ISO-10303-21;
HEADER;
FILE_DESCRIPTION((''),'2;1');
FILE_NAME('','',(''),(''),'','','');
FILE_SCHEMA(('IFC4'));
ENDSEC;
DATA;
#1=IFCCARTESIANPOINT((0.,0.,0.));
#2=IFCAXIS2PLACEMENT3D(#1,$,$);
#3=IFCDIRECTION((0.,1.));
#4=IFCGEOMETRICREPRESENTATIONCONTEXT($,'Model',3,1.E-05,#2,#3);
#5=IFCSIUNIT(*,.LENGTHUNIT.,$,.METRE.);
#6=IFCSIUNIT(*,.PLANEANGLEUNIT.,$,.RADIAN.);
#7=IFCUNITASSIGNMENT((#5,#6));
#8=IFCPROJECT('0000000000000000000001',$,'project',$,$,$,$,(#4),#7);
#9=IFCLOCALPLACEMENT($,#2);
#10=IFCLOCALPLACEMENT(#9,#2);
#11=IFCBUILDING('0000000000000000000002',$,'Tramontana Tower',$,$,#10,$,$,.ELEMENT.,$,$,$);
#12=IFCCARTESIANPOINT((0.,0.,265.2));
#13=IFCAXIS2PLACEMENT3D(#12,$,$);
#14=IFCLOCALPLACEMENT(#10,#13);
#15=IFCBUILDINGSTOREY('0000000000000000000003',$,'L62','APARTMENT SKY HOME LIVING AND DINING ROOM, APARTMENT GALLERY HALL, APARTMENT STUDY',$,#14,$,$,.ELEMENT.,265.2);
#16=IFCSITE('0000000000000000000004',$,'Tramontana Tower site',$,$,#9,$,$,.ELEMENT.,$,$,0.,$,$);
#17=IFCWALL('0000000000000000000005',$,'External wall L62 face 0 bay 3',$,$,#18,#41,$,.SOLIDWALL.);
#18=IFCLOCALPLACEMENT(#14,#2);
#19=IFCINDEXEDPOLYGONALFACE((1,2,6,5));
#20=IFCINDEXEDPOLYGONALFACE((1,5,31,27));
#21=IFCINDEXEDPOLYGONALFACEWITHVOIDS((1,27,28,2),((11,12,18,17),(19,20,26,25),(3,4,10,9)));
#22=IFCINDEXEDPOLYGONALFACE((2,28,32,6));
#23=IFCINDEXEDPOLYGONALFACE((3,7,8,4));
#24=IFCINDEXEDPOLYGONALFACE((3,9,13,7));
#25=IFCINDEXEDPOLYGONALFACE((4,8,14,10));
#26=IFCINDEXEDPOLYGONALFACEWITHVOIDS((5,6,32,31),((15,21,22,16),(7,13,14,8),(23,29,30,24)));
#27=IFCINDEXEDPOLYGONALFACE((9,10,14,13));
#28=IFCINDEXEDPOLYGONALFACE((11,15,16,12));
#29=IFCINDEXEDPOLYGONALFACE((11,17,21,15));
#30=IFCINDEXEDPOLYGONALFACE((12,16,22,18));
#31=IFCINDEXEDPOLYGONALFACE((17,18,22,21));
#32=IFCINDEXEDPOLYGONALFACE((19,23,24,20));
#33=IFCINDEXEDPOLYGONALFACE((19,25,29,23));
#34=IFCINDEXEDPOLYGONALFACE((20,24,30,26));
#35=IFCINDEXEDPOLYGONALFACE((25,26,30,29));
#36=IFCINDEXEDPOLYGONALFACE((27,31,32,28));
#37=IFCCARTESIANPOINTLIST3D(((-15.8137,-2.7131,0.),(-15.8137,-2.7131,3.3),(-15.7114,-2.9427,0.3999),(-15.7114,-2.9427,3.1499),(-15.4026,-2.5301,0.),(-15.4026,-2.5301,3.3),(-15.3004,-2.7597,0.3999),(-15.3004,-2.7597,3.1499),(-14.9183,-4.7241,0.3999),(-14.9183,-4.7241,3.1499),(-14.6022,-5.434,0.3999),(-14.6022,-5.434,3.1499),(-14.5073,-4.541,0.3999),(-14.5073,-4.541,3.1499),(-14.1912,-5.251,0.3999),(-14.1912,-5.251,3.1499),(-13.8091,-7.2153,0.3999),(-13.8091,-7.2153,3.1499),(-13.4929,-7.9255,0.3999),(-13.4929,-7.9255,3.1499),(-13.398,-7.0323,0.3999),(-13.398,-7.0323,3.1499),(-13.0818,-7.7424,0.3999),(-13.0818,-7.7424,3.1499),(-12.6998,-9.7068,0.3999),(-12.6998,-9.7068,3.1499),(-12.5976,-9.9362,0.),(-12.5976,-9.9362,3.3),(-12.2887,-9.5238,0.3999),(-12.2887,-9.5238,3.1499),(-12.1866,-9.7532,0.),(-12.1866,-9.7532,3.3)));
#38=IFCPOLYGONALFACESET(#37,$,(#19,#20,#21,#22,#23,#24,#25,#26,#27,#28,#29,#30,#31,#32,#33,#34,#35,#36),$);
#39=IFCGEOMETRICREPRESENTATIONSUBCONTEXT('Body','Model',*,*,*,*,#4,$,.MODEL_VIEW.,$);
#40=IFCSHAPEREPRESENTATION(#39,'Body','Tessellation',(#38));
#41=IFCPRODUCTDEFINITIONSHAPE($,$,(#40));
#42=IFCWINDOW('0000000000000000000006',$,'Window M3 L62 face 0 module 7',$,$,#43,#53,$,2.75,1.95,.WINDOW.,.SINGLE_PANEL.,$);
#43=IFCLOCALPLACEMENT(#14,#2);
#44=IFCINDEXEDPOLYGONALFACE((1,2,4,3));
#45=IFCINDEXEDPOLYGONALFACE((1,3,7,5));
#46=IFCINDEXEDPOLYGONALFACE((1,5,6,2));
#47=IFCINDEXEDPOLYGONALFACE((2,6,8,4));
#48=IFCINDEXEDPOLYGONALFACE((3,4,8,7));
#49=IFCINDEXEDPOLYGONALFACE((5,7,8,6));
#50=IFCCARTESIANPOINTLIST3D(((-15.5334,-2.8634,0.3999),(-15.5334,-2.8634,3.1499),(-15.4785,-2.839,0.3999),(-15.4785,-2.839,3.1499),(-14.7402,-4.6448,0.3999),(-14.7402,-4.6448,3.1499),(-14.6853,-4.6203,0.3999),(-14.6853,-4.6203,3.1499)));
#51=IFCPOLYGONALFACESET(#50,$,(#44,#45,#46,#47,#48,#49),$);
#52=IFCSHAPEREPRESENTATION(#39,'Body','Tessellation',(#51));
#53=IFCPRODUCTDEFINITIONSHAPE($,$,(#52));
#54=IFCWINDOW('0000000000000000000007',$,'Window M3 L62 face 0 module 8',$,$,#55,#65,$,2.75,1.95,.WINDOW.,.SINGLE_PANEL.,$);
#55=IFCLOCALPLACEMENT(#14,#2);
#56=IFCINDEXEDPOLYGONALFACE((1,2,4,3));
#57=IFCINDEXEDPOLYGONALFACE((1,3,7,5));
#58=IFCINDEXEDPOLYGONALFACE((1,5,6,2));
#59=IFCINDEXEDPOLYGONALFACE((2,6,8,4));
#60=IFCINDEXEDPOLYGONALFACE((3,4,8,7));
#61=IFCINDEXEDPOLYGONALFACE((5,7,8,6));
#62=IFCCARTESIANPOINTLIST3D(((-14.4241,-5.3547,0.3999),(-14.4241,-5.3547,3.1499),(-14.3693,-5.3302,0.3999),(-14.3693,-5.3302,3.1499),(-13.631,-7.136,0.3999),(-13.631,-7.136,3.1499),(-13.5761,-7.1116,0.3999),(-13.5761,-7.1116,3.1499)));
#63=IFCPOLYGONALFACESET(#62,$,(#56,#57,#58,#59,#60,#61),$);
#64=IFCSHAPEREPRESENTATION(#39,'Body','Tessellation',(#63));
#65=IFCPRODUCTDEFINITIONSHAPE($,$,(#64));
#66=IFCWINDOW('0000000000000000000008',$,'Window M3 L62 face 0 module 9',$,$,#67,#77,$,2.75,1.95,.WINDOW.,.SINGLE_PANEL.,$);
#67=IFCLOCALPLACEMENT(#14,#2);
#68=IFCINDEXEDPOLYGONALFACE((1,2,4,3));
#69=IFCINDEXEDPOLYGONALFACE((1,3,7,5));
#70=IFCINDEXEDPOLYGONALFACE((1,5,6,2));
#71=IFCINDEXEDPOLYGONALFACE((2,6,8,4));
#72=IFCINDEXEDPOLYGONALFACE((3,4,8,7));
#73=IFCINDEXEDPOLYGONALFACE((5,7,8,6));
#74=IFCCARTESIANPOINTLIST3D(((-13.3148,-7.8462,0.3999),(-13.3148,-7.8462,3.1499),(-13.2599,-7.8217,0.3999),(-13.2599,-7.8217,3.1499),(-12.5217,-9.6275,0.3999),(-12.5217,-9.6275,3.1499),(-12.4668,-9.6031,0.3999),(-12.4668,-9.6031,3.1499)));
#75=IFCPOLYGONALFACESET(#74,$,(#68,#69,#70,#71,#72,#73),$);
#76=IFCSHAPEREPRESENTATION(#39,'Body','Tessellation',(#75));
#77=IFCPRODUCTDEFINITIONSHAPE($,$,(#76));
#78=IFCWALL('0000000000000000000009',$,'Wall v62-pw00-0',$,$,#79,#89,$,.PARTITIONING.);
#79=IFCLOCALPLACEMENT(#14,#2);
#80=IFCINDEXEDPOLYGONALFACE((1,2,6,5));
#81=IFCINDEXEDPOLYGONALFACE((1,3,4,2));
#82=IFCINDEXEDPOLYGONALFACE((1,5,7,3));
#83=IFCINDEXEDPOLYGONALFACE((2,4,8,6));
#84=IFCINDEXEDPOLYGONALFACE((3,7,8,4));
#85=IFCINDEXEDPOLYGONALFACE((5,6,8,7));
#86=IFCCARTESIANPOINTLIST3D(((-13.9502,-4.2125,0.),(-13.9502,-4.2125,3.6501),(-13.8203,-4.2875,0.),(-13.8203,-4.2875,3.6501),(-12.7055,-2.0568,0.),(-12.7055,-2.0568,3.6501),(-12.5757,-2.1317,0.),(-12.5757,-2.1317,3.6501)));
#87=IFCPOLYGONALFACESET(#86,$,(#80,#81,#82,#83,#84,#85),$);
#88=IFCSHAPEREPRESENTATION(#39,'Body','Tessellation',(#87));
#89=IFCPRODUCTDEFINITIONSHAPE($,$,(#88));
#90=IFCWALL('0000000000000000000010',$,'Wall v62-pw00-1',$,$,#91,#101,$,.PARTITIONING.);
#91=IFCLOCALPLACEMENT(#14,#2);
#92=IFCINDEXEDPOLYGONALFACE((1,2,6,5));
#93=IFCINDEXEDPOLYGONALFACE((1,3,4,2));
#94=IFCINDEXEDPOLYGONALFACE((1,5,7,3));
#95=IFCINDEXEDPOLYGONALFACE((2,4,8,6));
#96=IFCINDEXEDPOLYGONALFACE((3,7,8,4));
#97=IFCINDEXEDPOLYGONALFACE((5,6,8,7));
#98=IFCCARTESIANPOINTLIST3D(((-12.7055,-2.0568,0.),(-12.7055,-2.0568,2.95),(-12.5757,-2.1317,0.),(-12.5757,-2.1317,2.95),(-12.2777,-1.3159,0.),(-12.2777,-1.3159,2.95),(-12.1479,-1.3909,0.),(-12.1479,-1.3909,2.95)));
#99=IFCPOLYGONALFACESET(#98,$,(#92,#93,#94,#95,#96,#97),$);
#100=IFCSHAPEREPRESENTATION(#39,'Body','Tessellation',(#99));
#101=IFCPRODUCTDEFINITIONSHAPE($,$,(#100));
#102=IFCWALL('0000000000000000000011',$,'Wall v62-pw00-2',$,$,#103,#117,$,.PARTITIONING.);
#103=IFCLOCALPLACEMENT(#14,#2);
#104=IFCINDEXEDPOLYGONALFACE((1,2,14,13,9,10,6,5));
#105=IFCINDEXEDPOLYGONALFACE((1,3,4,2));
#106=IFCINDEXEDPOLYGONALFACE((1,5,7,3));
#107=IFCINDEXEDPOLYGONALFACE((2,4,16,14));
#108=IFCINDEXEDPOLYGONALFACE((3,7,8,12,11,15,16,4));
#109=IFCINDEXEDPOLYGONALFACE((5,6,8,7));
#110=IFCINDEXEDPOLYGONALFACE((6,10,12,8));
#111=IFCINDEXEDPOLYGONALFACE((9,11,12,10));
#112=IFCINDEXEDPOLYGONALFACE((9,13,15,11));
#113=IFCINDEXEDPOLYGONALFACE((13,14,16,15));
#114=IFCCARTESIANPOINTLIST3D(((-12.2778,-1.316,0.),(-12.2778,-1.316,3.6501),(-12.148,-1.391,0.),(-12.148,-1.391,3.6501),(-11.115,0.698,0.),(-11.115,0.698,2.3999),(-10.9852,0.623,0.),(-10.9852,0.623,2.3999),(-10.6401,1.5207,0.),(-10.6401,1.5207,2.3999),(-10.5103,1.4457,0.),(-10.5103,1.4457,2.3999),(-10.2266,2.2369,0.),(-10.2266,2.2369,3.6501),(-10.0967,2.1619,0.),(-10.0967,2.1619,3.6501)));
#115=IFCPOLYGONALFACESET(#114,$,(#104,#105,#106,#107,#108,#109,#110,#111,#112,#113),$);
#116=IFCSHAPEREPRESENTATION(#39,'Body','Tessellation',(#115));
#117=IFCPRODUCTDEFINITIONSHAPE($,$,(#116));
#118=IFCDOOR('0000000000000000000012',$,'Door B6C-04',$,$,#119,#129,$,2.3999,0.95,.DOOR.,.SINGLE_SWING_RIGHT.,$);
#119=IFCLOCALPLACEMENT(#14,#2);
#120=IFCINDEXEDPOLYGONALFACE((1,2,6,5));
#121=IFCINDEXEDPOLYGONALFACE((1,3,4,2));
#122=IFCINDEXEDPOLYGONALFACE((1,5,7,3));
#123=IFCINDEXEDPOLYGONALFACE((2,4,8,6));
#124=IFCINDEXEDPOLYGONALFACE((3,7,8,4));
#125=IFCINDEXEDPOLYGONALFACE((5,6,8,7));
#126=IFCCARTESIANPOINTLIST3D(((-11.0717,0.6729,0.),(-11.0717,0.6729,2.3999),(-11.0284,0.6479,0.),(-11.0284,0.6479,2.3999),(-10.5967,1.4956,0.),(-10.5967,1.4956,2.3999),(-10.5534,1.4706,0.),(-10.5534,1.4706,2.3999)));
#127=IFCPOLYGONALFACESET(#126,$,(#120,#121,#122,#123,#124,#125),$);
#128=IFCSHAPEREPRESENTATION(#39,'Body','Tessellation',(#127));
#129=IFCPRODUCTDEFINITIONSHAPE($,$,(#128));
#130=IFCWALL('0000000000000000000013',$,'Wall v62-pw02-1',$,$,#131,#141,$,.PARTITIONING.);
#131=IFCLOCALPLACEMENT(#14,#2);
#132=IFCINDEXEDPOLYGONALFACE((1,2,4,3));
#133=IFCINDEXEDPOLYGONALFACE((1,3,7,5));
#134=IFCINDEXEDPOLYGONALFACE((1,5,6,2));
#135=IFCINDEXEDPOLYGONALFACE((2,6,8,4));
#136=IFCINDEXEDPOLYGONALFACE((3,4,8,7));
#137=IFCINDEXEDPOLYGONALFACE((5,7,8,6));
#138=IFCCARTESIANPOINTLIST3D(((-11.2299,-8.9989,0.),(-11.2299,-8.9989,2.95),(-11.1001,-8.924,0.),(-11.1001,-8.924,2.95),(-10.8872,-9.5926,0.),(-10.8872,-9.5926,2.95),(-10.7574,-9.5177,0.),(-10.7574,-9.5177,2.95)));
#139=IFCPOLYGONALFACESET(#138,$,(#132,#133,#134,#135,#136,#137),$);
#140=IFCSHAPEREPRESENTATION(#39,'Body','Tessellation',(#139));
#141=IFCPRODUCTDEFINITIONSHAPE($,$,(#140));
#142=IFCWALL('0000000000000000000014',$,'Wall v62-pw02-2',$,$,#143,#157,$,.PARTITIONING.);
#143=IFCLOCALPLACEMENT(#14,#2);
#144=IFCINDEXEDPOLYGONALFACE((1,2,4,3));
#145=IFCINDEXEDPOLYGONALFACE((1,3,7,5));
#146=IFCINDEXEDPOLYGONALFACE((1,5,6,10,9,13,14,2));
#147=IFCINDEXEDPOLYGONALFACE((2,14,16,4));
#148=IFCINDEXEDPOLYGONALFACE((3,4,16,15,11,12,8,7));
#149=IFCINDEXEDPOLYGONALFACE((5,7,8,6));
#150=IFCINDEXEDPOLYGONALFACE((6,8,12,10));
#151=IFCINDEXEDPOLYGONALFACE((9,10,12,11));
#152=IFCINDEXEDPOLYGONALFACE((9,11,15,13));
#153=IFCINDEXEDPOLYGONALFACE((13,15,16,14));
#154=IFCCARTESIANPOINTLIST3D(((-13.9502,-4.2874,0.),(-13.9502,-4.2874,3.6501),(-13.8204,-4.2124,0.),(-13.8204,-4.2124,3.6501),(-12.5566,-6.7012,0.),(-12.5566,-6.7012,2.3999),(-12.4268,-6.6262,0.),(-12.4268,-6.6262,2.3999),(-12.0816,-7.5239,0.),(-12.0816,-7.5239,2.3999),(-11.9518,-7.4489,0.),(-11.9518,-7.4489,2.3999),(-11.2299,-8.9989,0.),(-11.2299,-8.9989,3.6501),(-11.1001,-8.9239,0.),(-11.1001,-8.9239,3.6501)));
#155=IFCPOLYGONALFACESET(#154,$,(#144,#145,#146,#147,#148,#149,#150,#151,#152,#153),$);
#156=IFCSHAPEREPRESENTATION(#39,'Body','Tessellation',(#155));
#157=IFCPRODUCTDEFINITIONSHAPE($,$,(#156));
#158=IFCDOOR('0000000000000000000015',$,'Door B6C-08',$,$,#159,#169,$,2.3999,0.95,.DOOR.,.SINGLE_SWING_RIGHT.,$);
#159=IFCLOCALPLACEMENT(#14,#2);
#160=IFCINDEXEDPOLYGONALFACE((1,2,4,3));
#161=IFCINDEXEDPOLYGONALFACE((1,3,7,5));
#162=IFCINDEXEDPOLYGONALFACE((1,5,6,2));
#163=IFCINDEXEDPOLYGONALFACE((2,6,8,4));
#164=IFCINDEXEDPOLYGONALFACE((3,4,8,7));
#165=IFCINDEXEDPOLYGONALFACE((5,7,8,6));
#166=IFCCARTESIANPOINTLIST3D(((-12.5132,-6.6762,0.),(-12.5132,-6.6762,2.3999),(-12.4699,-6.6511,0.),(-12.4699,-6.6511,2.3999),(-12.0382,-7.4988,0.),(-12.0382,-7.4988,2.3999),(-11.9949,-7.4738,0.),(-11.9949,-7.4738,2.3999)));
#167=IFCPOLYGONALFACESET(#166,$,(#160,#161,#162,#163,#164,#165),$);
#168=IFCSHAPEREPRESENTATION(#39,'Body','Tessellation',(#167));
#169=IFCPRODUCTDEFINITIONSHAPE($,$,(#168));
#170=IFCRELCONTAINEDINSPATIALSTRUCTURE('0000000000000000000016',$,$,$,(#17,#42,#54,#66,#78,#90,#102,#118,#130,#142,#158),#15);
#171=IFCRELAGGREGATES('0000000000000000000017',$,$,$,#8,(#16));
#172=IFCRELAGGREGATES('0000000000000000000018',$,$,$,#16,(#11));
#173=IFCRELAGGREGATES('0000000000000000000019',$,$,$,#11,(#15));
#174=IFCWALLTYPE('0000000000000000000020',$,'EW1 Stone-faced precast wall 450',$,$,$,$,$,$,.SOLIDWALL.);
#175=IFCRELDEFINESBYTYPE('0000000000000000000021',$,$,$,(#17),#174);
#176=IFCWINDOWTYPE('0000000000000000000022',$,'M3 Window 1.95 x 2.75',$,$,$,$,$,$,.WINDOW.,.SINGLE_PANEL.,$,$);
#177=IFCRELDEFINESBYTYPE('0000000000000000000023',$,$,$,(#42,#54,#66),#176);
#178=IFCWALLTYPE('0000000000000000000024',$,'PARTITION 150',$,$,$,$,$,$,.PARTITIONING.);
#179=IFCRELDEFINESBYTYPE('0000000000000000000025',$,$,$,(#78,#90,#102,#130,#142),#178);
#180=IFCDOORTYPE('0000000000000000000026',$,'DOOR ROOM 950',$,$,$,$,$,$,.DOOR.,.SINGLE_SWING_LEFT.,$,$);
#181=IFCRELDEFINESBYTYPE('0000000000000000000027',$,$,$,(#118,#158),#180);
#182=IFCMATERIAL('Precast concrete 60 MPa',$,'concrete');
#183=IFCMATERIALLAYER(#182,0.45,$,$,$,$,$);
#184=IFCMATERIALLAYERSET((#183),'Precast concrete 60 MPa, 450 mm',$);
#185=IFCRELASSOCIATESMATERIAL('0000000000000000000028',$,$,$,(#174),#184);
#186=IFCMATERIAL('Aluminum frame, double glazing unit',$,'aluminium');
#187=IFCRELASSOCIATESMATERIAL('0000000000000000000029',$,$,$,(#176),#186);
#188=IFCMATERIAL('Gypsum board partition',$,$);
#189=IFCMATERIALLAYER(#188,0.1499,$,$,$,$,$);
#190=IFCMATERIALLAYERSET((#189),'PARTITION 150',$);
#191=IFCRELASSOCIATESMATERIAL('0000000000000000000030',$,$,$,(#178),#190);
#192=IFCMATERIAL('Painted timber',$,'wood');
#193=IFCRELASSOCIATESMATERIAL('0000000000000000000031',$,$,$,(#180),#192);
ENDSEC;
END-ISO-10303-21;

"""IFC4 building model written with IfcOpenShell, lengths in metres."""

from ifc_helpers import new_model, si_unit, direction, frame, frame_2d, origin, place, context, subcontext, project, spatial, rectangle, extrude, material, layer, layer_set, type_object, element, fill, save


model = new_model("IFC4")

# Units and contexts
model_context = context("Model", 3, precision=1e-05, world=origin(), true_north=direction((0.0, 1.0)))
body_context = subcontext(model_context, "Body", "Model", "MODEL_VIEW")
ifc_project = project(units=[si_unit("LENGTHUNIT", "METRE"), si_unit("PLANEANGLEUNIT", "RADIAN")], contexts=[model_context])

# Site, building, storey
site_placement = place(None, origin())
site = spatial("IfcSite", under=ifc_project, at=site_placement, Name="Tramontana Tower site", CompositionType="ELEMENT", RefElevation=0.0)
building_placement = place(site_placement, origin())
building = spatial("IfcBuilding", under=site, at=building_placement, Name="Tramontana Tower", CompositionType="ELEMENT")
storey_placement = place(building_placement, frame((0.0, 0.0, 265.2)))
storey = spatial("IfcBuildingStorey", under=building, at=storey_placement, Name="L62", Description="APARTMENT SKY HOME LIVING AND DINING ROOM, APARTMENT GALLERY HALL, APARTMENT STUDY", CompositionType="ELEMENT", Elevation=265.2)

# Wall, openings, windows
ifc_material_1 = material(Name="Precast concrete 60 MPa", Category="concrete")
ifc_layer_1 = layer(ifc_material_1, 0.45)
ifc_layer_set_1 = layer_set([ifc_layer_1], Name="Precast concrete 60 MPa, 450 mm")
wall_type_1 = type_object("IfcWallType", Name="EW1 Stone-faced precast wall 450", PredefinedType="SOLIDWALL", material=ifc_layer_set_1)
wall_1_placement = place(storey_placement, frame((-15.6082, -2.6216, 0.0), z_axis=(0.0, 0.0, 1.0), x_axis=(0.406749, -0.91354, 0.0)))
wall_1 = element("IfcWall", 1, at=wall_1_placement, inside=storey, type_object=wall_type_1, Name="External wall L62 face 0 bay 3", PredefinedType="SOLIDWALL", context=body_context, shape_type="SweptSolid", body=[
    extrude(rectangle(XDim=7.9067, YDim=0.45, at=frame_2d((3.9534, 0.0))), origin(), (0.0, 0.0, 1.0), 3.3),
])
opening_1_placement = place(wall_1_placement, frame((0.2512, 0.0, 0.3999)))
opening_1 = element("IfcOpeningElement", 2, at=opening_1_placement, cuts=wall_1, PredefinedType="OPENING", context=body_context, shape_type="SweptSolid", body=[
    extrude(rectangle(XDim=1.95, YDim=2.75, at=frame_2d((0.9751, 1.375))), frame((0.0, 0.2349, 0.0), z_axis=(0.0, -1.0, 0.0), x_axis=(1.0, 0.0, 0.0)), (0.0, 0.0, 1.0), 0.47),
])
opening_2_placement = place(wall_1_placement, frame((2.9783, 0.0, 0.3999)))
opening_2 = element("IfcOpeningElement", 3, at=opening_2_placement, cuts=wall_1, PredefinedType="OPENING", context=body_context, shape_type="SweptSolid", body=[
    extrude(rectangle(XDim=1.95, YDim=2.75, at=frame_2d((0.9751, 1.375))), frame((0.0, 0.2349, 0.0), z_axis=(0.0, -1.0, 0.0), x_axis=(1.0, 0.0, 0.0)), (0.0, 0.0, 1.0), 0.47),
])
opening_3_placement = place(wall_1_placement, frame((5.7056, 0.0, 0.3999)))
opening_3 = element("IfcOpeningElement", 4, at=opening_3_placement, cuts=wall_1, PredefinedType="OPENING", context=body_context, shape_type="SweptSolid", body=[
    extrude(rectangle(XDim=1.95, YDim=2.75, at=frame_2d((0.9751, 1.375))), frame((0.0, 0.2349, 0.0), z_axis=(0.0, -1.0, 0.0), x_axis=(1.0, 0.0, 0.0)), (0.0, 0.0, 1.0), 0.47),
])
ifc_material_2 = material(Name="Aluminum frame, double glazing unit", Category="aluminium")
window_type = type_object("IfcWindowType", Name="M3 Window 1.95 x 2.75", PartitioningType="SINGLE_PANEL", PredefinedType="WINDOW", material=ifc_material_2)
window_1_placement = place(opening_1_placement, origin())
window_1 = element("IfcWindow", 5, at=window_1_placement, inside=storey, type_object=window_type, Name="Window M3 L62 face 0 module 7", OverallHeight=2.75, OverallWidth=1.95, PartitioningType="SINGLE_PANEL", PredefinedType="WINDOW", context=body_context, shape_type="SweptSolid", body=[
    extrude(rectangle(XDim=1.95, YDim=2.75, at=frame_2d((0.9751, 1.375))), frame((0.0, 0.03, 0.0), z_axis=(0.0, -1.0, 0.0), x_axis=(1.0, 0.0, 0.0)), (0.0, 0.0, 1.0), 0.0601),
])
fill(opening_1, window_1)
window_2_placement = place(opening_2_placement, origin())
window_2 = element("IfcWindow", 6, at=window_2_placement, inside=storey, type_object=window_type, Name="Window M3 L62 face 0 module 8", OverallHeight=2.75, OverallWidth=1.95, PartitioningType="SINGLE_PANEL", PredefinedType="WINDOW", context=body_context, shape_type="SweptSolid", body=[
    extrude(rectangle(XDim=1.95, YDim=2.75, at=frame_2d((0.9751, 1.375))), frame((0.0, 0.03, 0.0), z_axis=(0.0, -1.0, 0.0), x_axis=(1.0, 0.0, 0.0)), (0.0, 0.0, 1.0), 0.0601),
])
fill(opening_2, window_2)
window_3_placement = place(opening_3_placement, origin())
window_3 = element("IfcWindow", 7, at=window_3_placement, inside=storey, type_object=window_type, Name="Window M3 L62 face 0 module 9", OverallHeight=2.75, OverallWidth=1.95, PartitioningType="SINGLE_PANEL", PredefinedType="WINDOW", context=body_context, shape_type="SweptSolid", body=[
    extrude(rectangle(XDim=1.95, YDim=2.75, at=frame_2d((0.9751, 1.375))), frame((0.0, 0.03, 0.0), z_axis=(0.0, -1.0, 0.0), x_axis=(1.0, 0.0, 0.0)), (0.0, 0.0, 1.0), 0.0601),
])
fill(opening_3, window_3)

# Walls
ifc_material_3 = material(Name="Gypsum board partition")
ifc_layer_2 = layer(ifc_material_3, 0.1499)
ifc_layer_set_2 = layer_set([ifc_layer_2], Name="PARTITION 150")
wall_type_2 = type_object("IfcWallType", Name="PARTITION 150", PredefinedType="PARTITIONING", material=ifc_layer_set_2)
wall_2_placement = place(storey_placement, frame((-13.8853, -4.25, 0.0), z_axis=(0.0, 0.0, 1.0), x_axis=(0.5, 0.866026, 0.0)))
element("IfcWall", 8, at=wall_2_placement, inside=storey, type_object=wall_type_2, Name="Wall v62-pw00-0", PredefinedType="PARTITIONING", context=body_context, shape_type="SweptSolid", body=[
    extrude(rectangle(XDim=2.4893, YDim=0.1499, at=frame_2d((1.2446, 0.0))), origin(), (0.0, 0.0, 1.0), 3.6501),
])
wall_3_placement = place(storey_placement, frame((-12.6406, -2.0942, 0.0), z_axis=(0.0, 0.0, 1.0), x_axis=(0.500068, 0.865986, 0.0)))
element("IfcWall", 9, at=wall_3_placement, inside=storey, type_object=wall_type_2, Name="Wall v62-pw00-1", PredefinedType="PARTITIONING", context=body_context, shape_type="SweptSolid", body=[
    extrude(rectangle(XDim=0.8555, YDim=0.1499, at=frame_2d((0.4277, 0.0))), origin(), (0.0, 0.0, 1.0), 2.95),
])

# Wall, opening, door
wall_4_placement = place(storey_placement, frame((-12.2129, -1.3535, 0.0), z_axis=(0.0, 0.0, 1.0), x_axis=(0.499992, 0.86603, 0.0)))
wall_4 = element("IfcWall", 10, at=wall_4_placement, inside=storey, type_object=wall_type_2, Name="Wall v62-pw00-2", PredefinedType="PARTITIONING", context=body_context, shape_type="SweptSolid", body=[
    extrude(rectangle(XDim=4.1025, YDim=0.1499, at=frame_2d((2.0513, 0.0))), origin(), (0.0, 0.0, 1.0), 3.6501),
])
opening_4_placement = place(wall_4_placement, frame((2.3254, 0.0, 0.0)))
opening_4 = element("IfcOpeningElement", 11, at=opening_4_placement, cuts=wall_4, PredefinedType="OPENING", context=body_context, shape_type="SweptSolid", body=[
    extrude(rectangle(XDim=0.95, YDim=2.3999, at=frame_2d((0.4751, 1.2))), frame((0.0, 0.085, 0.0), z_axis=(0.0, -1.0, 0.0), x_axis=(1.0, 0.0, 0.0)), (0.0, 0.0, 1.0), 0.1699),
])
ifc_material_4 = material(Name="Painted timber", Category="wood")
door_type_1 = type_object("IfcDoorType", Name="DOOR ROOM 950", OperationType="SINGLE_SWING_LEFT", PredefinedType="DOOR", material=ifc_material_4)
door_1_placement = place(opening_4_placement, origin())
door_1 = element("IfcDoor", 12, at=door_1_placement, inside=storey, type_object=door_type_1, Name="Door B6C-04", OperationType="SINGLE_SWING_RIGHT", OverallHeight=2.3999, OverallWidth=0.95, PredefinedType="DOOR", context=body_context, shape_type="SweptSolid", body=[
    extrude(rectangle(XDim=0.95, YDim=2.3999, at=frame_2d((0.4751, 1.2))), frame((0.0, 0.0249, 0.0), z_axis=(0.0, -1.0, 0.0), x_axis=(1.0, 0.0, 0.0)), (0.0, 0.0, 1.0), 0.05),
])
fill(opening_4, door_1)

# Wall
wall_5_placement = place(storey_placement, frame((-10.8223, -9.5552, 0.0), z_axis=(0.0, 0.0, 1.0), x_axis=(-0.499969, 0.866043, 0.0)))
element("IfcWall", 13, at=wall_5_placement, inside=storey, type_object=wall_type_2, Name="Wall v62-pw02-1", PredefinedType="PARTITIONING", context=body_context, shape_type="SweptSolid", body=[
    extrude(rectangle(XDim=0.6855, YDim=0.1499, at=frame_2d((0.3428, 0.0))), origin(), (0.0, 0.0, 1.0), 2.95),
])

# Wall, opening, door
wall_6_placement = place(storey_placement, frame((-11.165, -8.9614, 0.0), z_axis=(0.0, 0.0, 1.0), x_axis=(-0.50001, 0.86602, 0.0)))
wall_6 = element("IfcWall", 14, at=wall_6_placement, inside=storey, type_object=wall_type_2, Name="Wall v62-pw02-2", PredefinedType="PARTITIONING", context=body_context, shape_type="SweptSolid", body=[
    extrude(rectangle(XDim=5.4404, YDim=0.1499, at=frame_2d((2.7202, 0.0))), origin(), (0.0, 0.0, 1.0), 3.6501),
])
opening_5_placement = place(wall_6_placement, frame((1.7031, 0.0, 0.0)))
opening_5 = element("IfcOpeningElement", 15, at=opening_5_placement, cuts=wall_6, PredefinedType="OPENING", context=body_context, shape_type="SweptSolid", body=[
    extrude(rectangle(XDim=0.95, YDim=2.3999, at=frame_2d((0.4751, 1.2))), frame((0.0, 0.085, 0.0), z_axis=(0.0, -1.0, 0.0), x_axis=(1.0, 0.0, 0.0)), (0.0, 0.0, 1.0), 0.1699),
])
door_2_placement = place(opening_5_placement, origin())
door_2 = element("IfcDoor", 16, at=door_2_placement, inside=storey, type_object=door_type_1, Name="Door B6C-08", OperationType="SINGLE_SWING_RIGHT", OverallHeight=2.3999, OverallWidth=0.95, PredefinedType="DOOR", context=body_context, shape_type="SweptSolid", body=[
    extrude(rectangle(XDim=0.95, YDim=2.3999, at=frame_2d((0.4751, 1.2))), frame((0.0, 0.0249, 0.0), z_axis=(0.0, -1.0, 0.0), x_axis=(1.0, 0.0, 0.0)), (0.0, 0.0, 1.0), 0.05),
])
fill(opening_5, door_2)

save(model, "model.ifc")
